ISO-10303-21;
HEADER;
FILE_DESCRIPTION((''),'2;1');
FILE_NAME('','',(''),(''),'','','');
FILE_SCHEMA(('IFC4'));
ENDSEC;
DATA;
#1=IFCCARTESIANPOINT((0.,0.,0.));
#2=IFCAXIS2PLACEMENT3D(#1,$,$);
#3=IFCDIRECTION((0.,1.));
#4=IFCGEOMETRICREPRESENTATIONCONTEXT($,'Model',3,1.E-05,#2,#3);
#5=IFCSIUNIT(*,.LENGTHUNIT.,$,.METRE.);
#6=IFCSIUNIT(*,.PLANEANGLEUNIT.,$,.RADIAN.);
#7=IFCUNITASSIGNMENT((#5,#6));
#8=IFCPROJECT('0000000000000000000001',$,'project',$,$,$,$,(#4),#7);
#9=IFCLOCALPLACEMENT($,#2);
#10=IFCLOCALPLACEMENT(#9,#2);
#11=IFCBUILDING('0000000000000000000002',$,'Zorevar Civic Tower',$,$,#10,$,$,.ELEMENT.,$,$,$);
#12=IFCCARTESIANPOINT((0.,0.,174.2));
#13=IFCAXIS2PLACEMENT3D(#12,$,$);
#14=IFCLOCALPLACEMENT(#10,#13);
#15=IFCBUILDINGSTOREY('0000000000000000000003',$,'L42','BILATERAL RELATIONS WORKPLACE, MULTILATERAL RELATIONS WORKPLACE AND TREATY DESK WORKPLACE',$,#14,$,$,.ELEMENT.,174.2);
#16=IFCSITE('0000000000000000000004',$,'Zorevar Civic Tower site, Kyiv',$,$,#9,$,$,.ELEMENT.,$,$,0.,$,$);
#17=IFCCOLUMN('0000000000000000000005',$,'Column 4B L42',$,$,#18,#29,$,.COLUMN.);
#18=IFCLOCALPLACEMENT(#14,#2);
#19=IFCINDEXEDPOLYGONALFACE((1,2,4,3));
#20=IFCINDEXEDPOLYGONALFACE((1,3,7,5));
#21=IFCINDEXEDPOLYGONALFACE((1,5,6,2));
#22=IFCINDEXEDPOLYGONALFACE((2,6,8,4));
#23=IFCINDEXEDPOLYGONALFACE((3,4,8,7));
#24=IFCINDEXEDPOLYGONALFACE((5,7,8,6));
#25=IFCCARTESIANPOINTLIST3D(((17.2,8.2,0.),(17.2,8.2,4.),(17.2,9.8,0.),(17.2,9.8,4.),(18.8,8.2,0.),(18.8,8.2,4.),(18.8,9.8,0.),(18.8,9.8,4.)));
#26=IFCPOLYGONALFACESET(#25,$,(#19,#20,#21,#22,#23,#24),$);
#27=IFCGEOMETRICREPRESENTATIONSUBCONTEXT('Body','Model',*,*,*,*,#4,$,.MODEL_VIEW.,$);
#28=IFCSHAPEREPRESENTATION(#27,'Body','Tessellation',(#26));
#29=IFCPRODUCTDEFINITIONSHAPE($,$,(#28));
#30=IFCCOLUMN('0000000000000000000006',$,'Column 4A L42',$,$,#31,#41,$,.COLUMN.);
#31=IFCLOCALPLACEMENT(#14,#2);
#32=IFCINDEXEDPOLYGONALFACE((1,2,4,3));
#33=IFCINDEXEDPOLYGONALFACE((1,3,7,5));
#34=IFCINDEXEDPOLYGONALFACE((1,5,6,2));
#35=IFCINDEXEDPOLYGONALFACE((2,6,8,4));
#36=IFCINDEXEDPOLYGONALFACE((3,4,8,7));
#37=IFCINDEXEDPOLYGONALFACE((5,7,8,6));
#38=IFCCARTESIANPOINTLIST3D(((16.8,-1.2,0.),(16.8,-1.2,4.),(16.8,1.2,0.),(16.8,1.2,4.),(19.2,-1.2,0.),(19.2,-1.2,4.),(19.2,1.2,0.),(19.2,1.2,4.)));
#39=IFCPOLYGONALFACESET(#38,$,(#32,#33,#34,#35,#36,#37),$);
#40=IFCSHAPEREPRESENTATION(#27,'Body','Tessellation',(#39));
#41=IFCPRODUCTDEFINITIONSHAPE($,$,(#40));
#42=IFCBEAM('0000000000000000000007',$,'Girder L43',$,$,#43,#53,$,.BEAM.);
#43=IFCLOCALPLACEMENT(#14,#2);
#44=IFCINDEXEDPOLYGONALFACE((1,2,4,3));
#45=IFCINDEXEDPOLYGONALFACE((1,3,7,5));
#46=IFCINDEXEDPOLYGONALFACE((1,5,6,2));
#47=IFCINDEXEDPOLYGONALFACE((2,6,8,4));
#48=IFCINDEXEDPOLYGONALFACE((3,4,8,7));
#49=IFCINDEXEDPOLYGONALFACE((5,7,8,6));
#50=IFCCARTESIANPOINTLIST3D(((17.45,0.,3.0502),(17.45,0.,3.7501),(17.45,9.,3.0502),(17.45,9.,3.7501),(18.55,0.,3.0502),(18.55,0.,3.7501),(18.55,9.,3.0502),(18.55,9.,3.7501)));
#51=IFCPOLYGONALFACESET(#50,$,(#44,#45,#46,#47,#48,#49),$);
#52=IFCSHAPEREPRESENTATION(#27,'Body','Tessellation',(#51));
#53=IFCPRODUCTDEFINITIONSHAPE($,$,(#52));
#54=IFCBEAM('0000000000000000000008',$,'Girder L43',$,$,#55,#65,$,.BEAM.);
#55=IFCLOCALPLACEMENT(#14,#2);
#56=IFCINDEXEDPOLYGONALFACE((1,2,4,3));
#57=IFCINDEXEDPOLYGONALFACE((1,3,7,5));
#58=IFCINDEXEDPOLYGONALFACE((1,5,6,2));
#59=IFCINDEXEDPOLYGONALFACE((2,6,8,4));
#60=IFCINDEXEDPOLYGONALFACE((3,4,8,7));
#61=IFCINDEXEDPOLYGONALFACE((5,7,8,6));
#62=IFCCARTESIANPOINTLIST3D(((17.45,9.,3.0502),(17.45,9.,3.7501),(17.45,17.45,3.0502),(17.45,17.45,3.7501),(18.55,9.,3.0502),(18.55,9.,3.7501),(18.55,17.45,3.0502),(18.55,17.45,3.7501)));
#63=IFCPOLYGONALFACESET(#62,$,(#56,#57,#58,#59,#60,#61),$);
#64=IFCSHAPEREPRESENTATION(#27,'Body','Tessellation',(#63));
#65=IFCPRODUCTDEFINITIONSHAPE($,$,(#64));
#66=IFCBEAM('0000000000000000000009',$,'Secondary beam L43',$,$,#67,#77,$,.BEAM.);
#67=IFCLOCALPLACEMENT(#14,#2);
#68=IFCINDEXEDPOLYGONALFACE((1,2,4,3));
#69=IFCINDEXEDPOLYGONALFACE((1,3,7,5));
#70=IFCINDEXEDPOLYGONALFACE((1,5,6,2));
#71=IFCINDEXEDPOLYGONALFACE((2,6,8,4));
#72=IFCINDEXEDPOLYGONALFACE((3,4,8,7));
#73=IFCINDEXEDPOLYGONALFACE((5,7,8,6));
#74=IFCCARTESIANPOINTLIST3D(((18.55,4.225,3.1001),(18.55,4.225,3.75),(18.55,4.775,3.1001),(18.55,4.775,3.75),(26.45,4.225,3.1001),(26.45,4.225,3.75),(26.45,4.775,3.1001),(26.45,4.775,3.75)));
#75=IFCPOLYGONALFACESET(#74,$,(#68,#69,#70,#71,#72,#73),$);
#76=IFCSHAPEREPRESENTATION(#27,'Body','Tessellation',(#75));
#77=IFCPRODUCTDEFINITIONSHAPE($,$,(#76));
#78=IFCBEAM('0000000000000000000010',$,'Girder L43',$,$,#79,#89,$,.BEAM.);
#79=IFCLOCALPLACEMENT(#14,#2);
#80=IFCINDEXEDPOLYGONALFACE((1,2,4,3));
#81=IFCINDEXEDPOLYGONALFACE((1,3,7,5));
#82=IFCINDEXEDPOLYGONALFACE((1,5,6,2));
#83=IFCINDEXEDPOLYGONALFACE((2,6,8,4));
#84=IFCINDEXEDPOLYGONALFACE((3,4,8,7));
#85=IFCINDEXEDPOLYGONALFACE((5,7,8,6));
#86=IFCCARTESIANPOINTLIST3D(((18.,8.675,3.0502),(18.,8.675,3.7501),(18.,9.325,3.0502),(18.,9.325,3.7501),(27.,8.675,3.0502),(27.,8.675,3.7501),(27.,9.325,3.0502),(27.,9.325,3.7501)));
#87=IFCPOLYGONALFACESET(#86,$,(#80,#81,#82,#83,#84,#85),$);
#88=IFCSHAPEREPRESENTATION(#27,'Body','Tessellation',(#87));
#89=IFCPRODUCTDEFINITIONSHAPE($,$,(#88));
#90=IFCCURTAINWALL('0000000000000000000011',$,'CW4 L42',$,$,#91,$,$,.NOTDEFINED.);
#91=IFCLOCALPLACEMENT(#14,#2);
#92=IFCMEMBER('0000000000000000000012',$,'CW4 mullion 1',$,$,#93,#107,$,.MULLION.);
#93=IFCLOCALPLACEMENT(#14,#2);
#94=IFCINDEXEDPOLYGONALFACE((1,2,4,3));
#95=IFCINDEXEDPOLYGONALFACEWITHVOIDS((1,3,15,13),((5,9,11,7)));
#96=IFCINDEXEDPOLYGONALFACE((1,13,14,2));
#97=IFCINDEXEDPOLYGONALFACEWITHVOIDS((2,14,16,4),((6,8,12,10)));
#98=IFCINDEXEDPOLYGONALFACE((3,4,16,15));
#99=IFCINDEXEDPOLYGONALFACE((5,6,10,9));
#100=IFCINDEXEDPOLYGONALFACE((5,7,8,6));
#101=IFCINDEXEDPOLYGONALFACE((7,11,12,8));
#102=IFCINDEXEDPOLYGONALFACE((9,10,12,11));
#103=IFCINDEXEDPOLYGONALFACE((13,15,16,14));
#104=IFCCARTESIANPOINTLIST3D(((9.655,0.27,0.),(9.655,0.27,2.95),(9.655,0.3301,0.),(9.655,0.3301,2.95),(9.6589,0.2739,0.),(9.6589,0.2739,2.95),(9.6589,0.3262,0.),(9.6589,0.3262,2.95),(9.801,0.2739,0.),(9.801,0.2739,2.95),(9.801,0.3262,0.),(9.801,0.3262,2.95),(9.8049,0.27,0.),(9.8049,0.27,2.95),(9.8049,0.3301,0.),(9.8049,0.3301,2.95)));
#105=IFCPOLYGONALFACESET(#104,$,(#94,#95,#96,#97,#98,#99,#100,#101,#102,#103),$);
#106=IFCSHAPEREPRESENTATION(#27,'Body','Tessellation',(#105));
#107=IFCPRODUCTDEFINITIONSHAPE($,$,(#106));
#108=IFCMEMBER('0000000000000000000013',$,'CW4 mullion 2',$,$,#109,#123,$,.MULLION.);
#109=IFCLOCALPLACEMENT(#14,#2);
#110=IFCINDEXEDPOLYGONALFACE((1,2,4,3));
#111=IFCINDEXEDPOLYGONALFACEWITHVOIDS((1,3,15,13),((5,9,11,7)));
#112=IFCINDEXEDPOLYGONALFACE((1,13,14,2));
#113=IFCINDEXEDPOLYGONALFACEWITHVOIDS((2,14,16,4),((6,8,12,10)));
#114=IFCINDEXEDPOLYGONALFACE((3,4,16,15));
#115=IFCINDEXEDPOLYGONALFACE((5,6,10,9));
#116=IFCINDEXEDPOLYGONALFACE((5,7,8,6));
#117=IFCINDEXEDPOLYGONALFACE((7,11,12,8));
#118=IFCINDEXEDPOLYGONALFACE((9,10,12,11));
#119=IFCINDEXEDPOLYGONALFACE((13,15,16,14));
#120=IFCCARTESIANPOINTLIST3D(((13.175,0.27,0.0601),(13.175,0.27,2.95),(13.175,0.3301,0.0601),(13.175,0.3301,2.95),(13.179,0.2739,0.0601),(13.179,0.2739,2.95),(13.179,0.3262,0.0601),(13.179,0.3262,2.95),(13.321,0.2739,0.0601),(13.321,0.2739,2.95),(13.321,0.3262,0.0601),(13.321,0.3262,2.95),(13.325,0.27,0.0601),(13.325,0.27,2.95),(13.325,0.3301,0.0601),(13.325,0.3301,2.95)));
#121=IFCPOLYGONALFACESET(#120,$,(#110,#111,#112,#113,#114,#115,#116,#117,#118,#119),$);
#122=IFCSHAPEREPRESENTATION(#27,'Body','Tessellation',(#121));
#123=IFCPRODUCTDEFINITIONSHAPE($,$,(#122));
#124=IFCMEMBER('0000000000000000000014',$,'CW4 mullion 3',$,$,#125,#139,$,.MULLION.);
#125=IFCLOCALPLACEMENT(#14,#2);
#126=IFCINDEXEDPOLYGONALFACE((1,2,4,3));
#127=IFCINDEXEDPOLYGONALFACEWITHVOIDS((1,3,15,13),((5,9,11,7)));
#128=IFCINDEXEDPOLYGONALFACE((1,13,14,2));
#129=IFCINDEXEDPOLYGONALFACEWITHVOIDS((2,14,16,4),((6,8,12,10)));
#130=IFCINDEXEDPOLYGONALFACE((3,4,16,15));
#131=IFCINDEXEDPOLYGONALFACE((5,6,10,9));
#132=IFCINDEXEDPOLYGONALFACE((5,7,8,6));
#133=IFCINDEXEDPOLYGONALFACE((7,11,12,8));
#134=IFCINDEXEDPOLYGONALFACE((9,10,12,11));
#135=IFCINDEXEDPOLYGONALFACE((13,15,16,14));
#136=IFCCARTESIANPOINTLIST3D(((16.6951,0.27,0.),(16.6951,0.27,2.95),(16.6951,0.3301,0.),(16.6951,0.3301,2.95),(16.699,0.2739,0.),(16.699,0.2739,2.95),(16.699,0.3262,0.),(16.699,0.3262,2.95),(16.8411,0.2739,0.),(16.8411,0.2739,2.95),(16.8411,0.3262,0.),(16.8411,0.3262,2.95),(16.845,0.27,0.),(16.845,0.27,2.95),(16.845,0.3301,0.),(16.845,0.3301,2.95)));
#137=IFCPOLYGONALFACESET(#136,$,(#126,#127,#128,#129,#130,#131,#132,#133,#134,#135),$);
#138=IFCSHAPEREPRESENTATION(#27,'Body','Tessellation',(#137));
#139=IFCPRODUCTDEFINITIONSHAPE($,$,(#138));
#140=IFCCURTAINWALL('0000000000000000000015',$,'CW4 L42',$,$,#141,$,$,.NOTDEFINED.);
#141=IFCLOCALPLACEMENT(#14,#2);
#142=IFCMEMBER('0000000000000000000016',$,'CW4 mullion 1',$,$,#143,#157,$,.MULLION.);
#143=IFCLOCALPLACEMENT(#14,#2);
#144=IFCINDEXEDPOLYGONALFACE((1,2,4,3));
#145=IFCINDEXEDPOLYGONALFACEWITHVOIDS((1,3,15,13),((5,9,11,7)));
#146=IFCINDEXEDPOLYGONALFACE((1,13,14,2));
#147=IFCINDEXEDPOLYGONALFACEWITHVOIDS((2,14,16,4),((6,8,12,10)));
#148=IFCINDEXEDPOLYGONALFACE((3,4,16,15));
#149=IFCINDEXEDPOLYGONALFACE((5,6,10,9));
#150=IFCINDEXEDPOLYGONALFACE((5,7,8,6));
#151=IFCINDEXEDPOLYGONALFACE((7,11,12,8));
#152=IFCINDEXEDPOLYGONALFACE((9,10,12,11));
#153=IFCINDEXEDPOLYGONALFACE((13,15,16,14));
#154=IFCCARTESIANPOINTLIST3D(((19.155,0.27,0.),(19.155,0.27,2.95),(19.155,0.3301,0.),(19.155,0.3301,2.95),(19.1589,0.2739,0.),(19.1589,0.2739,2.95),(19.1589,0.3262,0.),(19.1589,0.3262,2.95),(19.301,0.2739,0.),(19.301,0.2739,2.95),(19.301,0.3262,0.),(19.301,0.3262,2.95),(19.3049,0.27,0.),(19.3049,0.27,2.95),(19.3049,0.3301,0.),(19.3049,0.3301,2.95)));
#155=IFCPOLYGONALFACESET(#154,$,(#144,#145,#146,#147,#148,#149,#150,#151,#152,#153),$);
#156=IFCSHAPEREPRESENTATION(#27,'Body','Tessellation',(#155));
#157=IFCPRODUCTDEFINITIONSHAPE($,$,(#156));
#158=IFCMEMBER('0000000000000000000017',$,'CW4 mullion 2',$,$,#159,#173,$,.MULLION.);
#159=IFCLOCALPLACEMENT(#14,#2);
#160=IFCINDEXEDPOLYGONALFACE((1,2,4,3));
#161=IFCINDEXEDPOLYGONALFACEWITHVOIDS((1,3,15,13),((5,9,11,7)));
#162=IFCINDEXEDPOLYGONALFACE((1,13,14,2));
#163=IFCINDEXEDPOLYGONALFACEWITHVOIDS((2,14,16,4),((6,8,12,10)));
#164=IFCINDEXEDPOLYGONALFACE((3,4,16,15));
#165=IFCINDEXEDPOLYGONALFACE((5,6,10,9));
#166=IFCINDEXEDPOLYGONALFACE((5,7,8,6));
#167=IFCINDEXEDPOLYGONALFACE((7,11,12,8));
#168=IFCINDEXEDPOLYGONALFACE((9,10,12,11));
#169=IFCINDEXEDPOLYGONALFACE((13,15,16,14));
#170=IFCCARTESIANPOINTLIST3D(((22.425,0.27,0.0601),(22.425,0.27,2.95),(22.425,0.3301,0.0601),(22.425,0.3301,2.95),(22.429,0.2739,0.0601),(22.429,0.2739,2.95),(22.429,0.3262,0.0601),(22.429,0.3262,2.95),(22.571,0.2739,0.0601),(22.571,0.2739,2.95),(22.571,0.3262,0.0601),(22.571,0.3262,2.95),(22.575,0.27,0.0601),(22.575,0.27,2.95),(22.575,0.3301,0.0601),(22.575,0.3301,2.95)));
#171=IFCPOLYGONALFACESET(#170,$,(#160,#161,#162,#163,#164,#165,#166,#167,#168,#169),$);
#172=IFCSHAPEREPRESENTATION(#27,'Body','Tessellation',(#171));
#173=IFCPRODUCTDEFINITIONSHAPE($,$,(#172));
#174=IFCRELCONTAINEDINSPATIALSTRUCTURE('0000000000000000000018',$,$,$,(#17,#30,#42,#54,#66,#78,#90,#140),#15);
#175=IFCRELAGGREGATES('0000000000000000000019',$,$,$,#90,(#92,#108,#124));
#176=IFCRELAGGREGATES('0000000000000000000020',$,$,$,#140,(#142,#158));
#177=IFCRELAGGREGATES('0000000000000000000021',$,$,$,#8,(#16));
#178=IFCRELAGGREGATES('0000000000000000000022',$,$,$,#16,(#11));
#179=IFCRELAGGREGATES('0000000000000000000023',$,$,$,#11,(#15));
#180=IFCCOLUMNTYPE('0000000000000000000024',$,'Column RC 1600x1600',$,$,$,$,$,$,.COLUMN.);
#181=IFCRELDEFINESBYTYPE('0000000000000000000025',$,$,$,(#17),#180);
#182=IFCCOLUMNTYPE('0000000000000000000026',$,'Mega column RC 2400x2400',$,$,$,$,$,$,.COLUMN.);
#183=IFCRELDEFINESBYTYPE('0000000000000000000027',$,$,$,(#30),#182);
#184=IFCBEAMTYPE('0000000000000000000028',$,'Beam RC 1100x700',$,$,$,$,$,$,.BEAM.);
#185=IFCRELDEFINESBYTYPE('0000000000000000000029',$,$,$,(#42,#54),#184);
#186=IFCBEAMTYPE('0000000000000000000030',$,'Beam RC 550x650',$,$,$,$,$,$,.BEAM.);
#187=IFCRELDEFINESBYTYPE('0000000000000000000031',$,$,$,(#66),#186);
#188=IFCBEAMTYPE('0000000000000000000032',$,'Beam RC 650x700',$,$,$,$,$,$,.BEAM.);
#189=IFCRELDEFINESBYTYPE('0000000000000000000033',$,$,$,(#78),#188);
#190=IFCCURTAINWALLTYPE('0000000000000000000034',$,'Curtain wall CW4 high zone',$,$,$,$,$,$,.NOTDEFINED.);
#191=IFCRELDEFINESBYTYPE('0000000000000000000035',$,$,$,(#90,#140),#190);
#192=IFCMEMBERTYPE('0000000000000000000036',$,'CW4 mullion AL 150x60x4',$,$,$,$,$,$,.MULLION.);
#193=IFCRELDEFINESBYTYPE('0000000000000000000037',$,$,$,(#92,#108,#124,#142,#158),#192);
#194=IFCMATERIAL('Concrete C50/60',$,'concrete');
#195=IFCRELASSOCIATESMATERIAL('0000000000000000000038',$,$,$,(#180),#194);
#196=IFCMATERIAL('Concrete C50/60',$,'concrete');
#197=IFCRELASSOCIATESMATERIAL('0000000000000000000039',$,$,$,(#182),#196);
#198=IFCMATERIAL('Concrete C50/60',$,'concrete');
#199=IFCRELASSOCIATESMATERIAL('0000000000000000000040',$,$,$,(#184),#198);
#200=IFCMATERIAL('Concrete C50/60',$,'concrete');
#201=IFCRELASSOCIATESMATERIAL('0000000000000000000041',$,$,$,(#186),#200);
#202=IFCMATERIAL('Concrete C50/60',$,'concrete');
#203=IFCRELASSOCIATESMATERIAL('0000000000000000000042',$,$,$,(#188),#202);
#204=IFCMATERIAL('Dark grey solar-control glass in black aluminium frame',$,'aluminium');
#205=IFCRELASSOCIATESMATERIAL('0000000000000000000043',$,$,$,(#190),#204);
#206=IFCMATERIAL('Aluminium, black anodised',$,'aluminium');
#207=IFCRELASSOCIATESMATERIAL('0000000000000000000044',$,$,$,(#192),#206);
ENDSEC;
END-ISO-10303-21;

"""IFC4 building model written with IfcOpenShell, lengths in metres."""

from ifc_helpers import new_model, si_unit, direction, frame, origin, origin_2d, place, context, subcontext, project, spatial, rectangle, hollow_rectangle, extrude, material, material_profile, profile_set, type_object, element, aggregate, save


model = new_model("IFC4")

# Units and contexts
model_context = context("Model", 3, precision=1e-05, world=origin(), true_north=direction((0.0, 1.0)))
body_context = subcontext(model_context, "Body", "Model", "MODEL_VIEW")
ifc_project = project(units=[si_unit("LENGTHUNIT", "METRE"), si_unit("PLANEANGLEUNIT", "RADIAN")], contexts=[model_context])

# Site, building, storey
site_placement = place(None, origin())
site = spatial("IfcSite", under=ifc_project, at=site_placement, Name="Zorevar Civic Tower site, Kyiv", CompositionType="ELEMENT", RefElevation=0.0)
building_placement = place(site_placement, origin())
building = spatial("IfcBuilding", under=site, at=building_placement, Name="Zorevar Civic Tower", CompositionType="ELEMENT")
storey_placement = place(building_placement, frame((0.0, 0.0, 174.2)))
storey = spatial("IfcBuildingStorey", under=building, at=storey_placement, Name="L42", Description="BILATERAL RELATIONS WORKPLACE, MULTILATERAL RELATIONS WORKPLACE AND TREATY DESK WORKPLACE", CompositionType="ELEMENT", Elevation=174.2)

# Columns
ifc_material_1 = material(Name="Concrete C50/60", Category="concrete")
ifc_material_profile_1 = material_profile(ifc_material_1, rectangle(XDim=1.6001, YDim=1.6001, at=origin_2d()), Name="RC 1600x1600")
ifc_profile_set_1 = profile_set([ifc_material_profile_1], Name="Concrete C50/60")
column_type_1 = type_object("IfcColumnType", Name="Column RC 1600x1600", PredefinedType="COLUMN", material=ifc_profile_set_1)
column_1_placement = place(storey_placement, frame((18.0, 9.0, 0.0), z_axis=(0.0, 0.0, 1.0), x_axis=(1.0, 0.0, 0.0)))
element("IfcColumn", 1, at=column_1_placement, inside=storey, type_object=column_type_1, Name="Column 4B L42", PredefinedType="COLUMN", context=body_context, shape_type="SweptSolid", body=[
    extrude(rectangle(XDim=1.6001, YDim=1.6001, at=origin_2d()), origin(), (0.0, 0.0, 1.0), 4.0),
])
ifc_material_2 = material(Name="Concrete C50/60", Category="concrete")
ifc_material_profile_2 = material_profile(ifc_material_2, rectangle(XDim=2.3999, YDim=2.3999, at=origin_2d()), Name="RC 2400x2400")
ifc_profile_set_2 = profile_set([ifc_material_profile_2], Name="Concrete C50/60")
column_type_2 = type_object("IfcColumnType", Name="Mega column RC 2400x2400", PredefinedType="COLUMN", material=ifc_profile_set_2)
column_2_placement = place(storey_placement, frame((18.0, 0.0, 0.0), z_axis=(0.0, 0.0, 1.0), x_axis=(1.0, 0.0, 0.0)))
element("IfcColumn", 2, at=column_2_placement, inside=storey, type_object=column_type_2, Name="Column 4A L42", PredefinedType="COLUMN", context=body_context, shape_type="SweptSolid", body=[
    extrude(rectangle(XDim=2.3999, YDim=2.3999, at=origin_2d()), origin(), (0.0, 0.0, 1.0), 4.0),
])

# Beams
ifc_material_3 = material(Name="Concrete C50/60", Category="concrete")
ifc_material_profile_3 = material_profile(ifc_material_3, rectangle(XDim=1.1001, YDim=0.7, at=origin_2d()), Name="RC 1100x700")
ifc_profile_set_3 = profile_set([ifc_material_profile_3], Name="Concrete C50/60")
beam_type_1 = type_object("IfcBeamType", Name="Beam RC 1100x700", PredefinedType="BEAM", material=ifc_profile_set_3)
beam_1_placement = place(storey_placement, frame((18.0, 0.0, 3.4001), z_axis=(0.0, 1.0, 0.0), x_axis=(-1.0, 0.0, 0.0)))
element("IfcBeam", 3, at=beam_1_placement, inside=storey, type_object=beam_type_1, Name="Girder L43", PredefinedType="BEAM", context=body_context, shape_type="SweptSolid", body=[
    extrude(rectangle(XDim=1.1001, YDim=0.7, at=origin_2d()), origin(), (0.0, 0.0, 1.0), 9.0),
])
beam_2_placement = place(storey_placement, frame((18.0, 9.0, 3.4001), z_axis=(0.0, 1.0, 0.0), x_axis=(-1.0, 0.0, 0.0)))
element("IfcBeam", 4, at=beam_2_placement, inside=storey, type_object=beam_type_1, Name="Girder L43", PredefinedType="BEAM", context=body_context, shape_type="SweptSolid", body=[
    extrude(rectangle(XDim=1.1001, YDim=0.7, at=origin_2d()), origin(), (0.0, 0.0, 1.0), 8.45),
])
ifc_material_4 = material(Name="Concrete C50/60", Category="concrete")
ifc_material_profile_4 = material_profile(ifc_material_4, rectangle(XDim=0.55, YDim=0.6499, at=origin_2d()), Name="RC 550x650")
ifc_profile_set_4 = profile_set([ifc_material_profile_4], Name="Concrete C50/60")
beam_type_2 = type_object("IfcBeamType", Name="Beam RC 550x650", PredefinedType="BEAM", material=ifc_profile_set_4)
beam_3_placement = place(storey_placement, frame((18.55, 4.5, 3.425), z_axis=(1.0, 0.0, 0.0), x_axis=(0.0, 1.0, 0.0)))
element("IfcBeam", 5, at=beam_3_placement, inside=storey, type_object=beam_type_2, Name="Secondary beam L43", PredefinedType="BEAM", context=body_context, shape_type="SweptSolid", body=[
    extrude(rectangle(XDim=0.55, YDim=0.6499, at=origin_2d()), origin(), (0.0, 0.0, 1.0), 7.8999),
])
ifc_material_5 = material(Name="Concrete C50/60", Category="concrete")
ifc_material_profile_5 = material_profile(ifc_material_5, rectangle(XDim=0.6499, YDim=0.7, at=origin_2d()), Name="RC 650x700")
ifc_profile_set_5 = profile_set([ifc_material_profile_5], Name="Concrete C50/60")
beam_type_3 = type_object("IfcBeamType", Name="Beam RC 650x700", PredefinedType="BEAM", material=ifc_profile_set_5)
beam_4_placement = place(storey_placement, frame((18.0, 9.0, 3.4001), z_axis=(1.0, 0.0, 0.0), x_axis=(0.0, 1.0, 0.0)))
element("IfcBeam", 6, at=beam_4_placement, inside=storey, type_object=beam_type_3, Name="Girder L43", PredefinedType="BEAM", context=body_context, shape_type="SweptSolid", body=[
    extrude(rectangle(XDim=0.6499, YDim=0.7, at=origin_2d()), origin(), (0.0, 0.0, 1.0), 9.0),
])

# Curtain walls, members
ifc_material_6 = material(Name="Dark grey solar-control glass in black aluminium frame", Category="aluminium")
curtain_wall_type = type_object("IfcCurtainWallType", Name="Curtain wall CW4 high zone", PredefinedType="NOTDEFINED", material=ifc_material_6)
curtain_wall_1_placement = place(storey_placement, origin())
curtain_wall_1 = element("IfcCurtainWall", 7, at=curtain_wall_1_placement, inside=storey, type_object=curtain_wall_type, Name="CW4 L42", PredefinedType="NOTDEFINED")
ifc_material_7 = material(Name="Aluminium, black anodised", Category="aluminium")
ifc_material_profile_6 = material_profile(ifc_material_7, hollow_rectangle(XDim=0.0601, YDim=0.1499, WallThickness=0.0039, at=origin_2d()), Name="AL 150x60x4")
ifc_profile_set_6 = profile_set([ifc_material_profile_6], Name="Aluminium, black anodised")
member_type_1 = type_object("IfcMemberType", Name="CW4 mullion AL 150x60x4", PredefinedType="MULLION", material=ifc_profile_set_6)
member_1_placement = place(storey_placement, frame((9.73, 0.3, 0.0), z_axis=(0.0, 0.0, 1.0), x_axis=(0.0, 1.0, 0.0)))
member_1 = element("IfcMember", 8, at=member_1_placement, type_object=member_type_1, Name="CW4 mullion 1", PredefinedType="MULLION", context=body_context, shape_type="SweptSolid", body=[
    extrude(hollow_rectangle(XDim=0.0601, YDim=0.1499, WallThickness=0.0039, at=origin_2d()), origin(), (0.0, 0.0, 1.0), 2.95),
])
member_2_placement = place(storey_placement, frame((13.25, 0.3, 0.0601), z_axis=(0.0, 0.0, 1.0), x_axis=(0.0, 1.0, 0.0)))
member_2 = element("IfcMember", 9, at=member_2_placement, type_object=member_type_1, Name="CW4 mullion 2", PredefinedType="MULLION", context=body_context, shape_type="SweptSolid", body=[
    extrude(hollow_rectangle(XDim=0.0601, YDim=0.1499, WallThickness=0.0039, at=origin_2d()), origin(), (0.0, 0.0, 1.0), 2.8899),
])
member_3_placement = place(storey_placement, frame((16.77, 0.3, 0.0), z_axis=(0.0, 0.0, 1.0), x_axis=(0.0, 1.0, 0.0)))
member_3 = element("IfcMember", 10, at=member_3_placement, type_object=member_type_1, Name="CW4 mullion 3", PredefinedType="MULLION", context=body_context, shape_type="SweptSolid", body=[
    extrude(hollow_rectangle(XDim=0.0601, YDim=0.1499, WallThickness=0.0039, at=origin_2d()), origin(), (0.0, 0.0, 1.0), 2.95),
])
curtain_wall_2_placement = place(storey_placement, origin())
curtain_wall_2 = element("IfcCurtainWall", 11, at=curtain_wall_2_placement, inside=storey, type_object=curtain_wall_type, Name="CW4 L42", PredefinedType="NOTDEFINED")
member_4_placement = place(storey_placement, frame((19.23, 0.3, 0.0), z_axis=(0.0, 0.0, 1.0), x_axis=(0.0, 1.0, 0.0)))
member_4 = element("IfcMember", 12, at=member_4_placement, type_object=member_type_1, Name="CW4 mullion 1", PredefinedType="MULLION", context=body_context, shape_type="SweptSolid", body=[
    extrude(hollow_rectangle(XDim=0.0601, YDim=0.1499, WallThickness=0.0039, at=origin_2d()), origin(), (0.0, 0.0, 1.0), 2.95),
])
member_5_placement = place(storey_placement, frame((22.5, 0.3, 0.0601), z_axis=(0.0, 0.0, 1.0), x_axis=(0.0, 1.0, 0.0)))
member_5 = element("IfcMember", 13, at=member_5_placement, type_object=member_type_1, Name="CW4 mullion 2", PredefinedType="MULLION", context=body_context, shape_type="SweptSolid", body=[
    extrude(hollow_rectangle(XDim=0.0601, YDim=0.1499, WallThickness=0.0039, at=origin_2d()), origin(), (0.0, 0.0, 1.0), 2.8899),
])

aggregate(curtain_wall_1, [member_1, member_2, member_3])
aggregate(curtain_wall_2, [member_4, member_5])

save(model, "model.ifc")
